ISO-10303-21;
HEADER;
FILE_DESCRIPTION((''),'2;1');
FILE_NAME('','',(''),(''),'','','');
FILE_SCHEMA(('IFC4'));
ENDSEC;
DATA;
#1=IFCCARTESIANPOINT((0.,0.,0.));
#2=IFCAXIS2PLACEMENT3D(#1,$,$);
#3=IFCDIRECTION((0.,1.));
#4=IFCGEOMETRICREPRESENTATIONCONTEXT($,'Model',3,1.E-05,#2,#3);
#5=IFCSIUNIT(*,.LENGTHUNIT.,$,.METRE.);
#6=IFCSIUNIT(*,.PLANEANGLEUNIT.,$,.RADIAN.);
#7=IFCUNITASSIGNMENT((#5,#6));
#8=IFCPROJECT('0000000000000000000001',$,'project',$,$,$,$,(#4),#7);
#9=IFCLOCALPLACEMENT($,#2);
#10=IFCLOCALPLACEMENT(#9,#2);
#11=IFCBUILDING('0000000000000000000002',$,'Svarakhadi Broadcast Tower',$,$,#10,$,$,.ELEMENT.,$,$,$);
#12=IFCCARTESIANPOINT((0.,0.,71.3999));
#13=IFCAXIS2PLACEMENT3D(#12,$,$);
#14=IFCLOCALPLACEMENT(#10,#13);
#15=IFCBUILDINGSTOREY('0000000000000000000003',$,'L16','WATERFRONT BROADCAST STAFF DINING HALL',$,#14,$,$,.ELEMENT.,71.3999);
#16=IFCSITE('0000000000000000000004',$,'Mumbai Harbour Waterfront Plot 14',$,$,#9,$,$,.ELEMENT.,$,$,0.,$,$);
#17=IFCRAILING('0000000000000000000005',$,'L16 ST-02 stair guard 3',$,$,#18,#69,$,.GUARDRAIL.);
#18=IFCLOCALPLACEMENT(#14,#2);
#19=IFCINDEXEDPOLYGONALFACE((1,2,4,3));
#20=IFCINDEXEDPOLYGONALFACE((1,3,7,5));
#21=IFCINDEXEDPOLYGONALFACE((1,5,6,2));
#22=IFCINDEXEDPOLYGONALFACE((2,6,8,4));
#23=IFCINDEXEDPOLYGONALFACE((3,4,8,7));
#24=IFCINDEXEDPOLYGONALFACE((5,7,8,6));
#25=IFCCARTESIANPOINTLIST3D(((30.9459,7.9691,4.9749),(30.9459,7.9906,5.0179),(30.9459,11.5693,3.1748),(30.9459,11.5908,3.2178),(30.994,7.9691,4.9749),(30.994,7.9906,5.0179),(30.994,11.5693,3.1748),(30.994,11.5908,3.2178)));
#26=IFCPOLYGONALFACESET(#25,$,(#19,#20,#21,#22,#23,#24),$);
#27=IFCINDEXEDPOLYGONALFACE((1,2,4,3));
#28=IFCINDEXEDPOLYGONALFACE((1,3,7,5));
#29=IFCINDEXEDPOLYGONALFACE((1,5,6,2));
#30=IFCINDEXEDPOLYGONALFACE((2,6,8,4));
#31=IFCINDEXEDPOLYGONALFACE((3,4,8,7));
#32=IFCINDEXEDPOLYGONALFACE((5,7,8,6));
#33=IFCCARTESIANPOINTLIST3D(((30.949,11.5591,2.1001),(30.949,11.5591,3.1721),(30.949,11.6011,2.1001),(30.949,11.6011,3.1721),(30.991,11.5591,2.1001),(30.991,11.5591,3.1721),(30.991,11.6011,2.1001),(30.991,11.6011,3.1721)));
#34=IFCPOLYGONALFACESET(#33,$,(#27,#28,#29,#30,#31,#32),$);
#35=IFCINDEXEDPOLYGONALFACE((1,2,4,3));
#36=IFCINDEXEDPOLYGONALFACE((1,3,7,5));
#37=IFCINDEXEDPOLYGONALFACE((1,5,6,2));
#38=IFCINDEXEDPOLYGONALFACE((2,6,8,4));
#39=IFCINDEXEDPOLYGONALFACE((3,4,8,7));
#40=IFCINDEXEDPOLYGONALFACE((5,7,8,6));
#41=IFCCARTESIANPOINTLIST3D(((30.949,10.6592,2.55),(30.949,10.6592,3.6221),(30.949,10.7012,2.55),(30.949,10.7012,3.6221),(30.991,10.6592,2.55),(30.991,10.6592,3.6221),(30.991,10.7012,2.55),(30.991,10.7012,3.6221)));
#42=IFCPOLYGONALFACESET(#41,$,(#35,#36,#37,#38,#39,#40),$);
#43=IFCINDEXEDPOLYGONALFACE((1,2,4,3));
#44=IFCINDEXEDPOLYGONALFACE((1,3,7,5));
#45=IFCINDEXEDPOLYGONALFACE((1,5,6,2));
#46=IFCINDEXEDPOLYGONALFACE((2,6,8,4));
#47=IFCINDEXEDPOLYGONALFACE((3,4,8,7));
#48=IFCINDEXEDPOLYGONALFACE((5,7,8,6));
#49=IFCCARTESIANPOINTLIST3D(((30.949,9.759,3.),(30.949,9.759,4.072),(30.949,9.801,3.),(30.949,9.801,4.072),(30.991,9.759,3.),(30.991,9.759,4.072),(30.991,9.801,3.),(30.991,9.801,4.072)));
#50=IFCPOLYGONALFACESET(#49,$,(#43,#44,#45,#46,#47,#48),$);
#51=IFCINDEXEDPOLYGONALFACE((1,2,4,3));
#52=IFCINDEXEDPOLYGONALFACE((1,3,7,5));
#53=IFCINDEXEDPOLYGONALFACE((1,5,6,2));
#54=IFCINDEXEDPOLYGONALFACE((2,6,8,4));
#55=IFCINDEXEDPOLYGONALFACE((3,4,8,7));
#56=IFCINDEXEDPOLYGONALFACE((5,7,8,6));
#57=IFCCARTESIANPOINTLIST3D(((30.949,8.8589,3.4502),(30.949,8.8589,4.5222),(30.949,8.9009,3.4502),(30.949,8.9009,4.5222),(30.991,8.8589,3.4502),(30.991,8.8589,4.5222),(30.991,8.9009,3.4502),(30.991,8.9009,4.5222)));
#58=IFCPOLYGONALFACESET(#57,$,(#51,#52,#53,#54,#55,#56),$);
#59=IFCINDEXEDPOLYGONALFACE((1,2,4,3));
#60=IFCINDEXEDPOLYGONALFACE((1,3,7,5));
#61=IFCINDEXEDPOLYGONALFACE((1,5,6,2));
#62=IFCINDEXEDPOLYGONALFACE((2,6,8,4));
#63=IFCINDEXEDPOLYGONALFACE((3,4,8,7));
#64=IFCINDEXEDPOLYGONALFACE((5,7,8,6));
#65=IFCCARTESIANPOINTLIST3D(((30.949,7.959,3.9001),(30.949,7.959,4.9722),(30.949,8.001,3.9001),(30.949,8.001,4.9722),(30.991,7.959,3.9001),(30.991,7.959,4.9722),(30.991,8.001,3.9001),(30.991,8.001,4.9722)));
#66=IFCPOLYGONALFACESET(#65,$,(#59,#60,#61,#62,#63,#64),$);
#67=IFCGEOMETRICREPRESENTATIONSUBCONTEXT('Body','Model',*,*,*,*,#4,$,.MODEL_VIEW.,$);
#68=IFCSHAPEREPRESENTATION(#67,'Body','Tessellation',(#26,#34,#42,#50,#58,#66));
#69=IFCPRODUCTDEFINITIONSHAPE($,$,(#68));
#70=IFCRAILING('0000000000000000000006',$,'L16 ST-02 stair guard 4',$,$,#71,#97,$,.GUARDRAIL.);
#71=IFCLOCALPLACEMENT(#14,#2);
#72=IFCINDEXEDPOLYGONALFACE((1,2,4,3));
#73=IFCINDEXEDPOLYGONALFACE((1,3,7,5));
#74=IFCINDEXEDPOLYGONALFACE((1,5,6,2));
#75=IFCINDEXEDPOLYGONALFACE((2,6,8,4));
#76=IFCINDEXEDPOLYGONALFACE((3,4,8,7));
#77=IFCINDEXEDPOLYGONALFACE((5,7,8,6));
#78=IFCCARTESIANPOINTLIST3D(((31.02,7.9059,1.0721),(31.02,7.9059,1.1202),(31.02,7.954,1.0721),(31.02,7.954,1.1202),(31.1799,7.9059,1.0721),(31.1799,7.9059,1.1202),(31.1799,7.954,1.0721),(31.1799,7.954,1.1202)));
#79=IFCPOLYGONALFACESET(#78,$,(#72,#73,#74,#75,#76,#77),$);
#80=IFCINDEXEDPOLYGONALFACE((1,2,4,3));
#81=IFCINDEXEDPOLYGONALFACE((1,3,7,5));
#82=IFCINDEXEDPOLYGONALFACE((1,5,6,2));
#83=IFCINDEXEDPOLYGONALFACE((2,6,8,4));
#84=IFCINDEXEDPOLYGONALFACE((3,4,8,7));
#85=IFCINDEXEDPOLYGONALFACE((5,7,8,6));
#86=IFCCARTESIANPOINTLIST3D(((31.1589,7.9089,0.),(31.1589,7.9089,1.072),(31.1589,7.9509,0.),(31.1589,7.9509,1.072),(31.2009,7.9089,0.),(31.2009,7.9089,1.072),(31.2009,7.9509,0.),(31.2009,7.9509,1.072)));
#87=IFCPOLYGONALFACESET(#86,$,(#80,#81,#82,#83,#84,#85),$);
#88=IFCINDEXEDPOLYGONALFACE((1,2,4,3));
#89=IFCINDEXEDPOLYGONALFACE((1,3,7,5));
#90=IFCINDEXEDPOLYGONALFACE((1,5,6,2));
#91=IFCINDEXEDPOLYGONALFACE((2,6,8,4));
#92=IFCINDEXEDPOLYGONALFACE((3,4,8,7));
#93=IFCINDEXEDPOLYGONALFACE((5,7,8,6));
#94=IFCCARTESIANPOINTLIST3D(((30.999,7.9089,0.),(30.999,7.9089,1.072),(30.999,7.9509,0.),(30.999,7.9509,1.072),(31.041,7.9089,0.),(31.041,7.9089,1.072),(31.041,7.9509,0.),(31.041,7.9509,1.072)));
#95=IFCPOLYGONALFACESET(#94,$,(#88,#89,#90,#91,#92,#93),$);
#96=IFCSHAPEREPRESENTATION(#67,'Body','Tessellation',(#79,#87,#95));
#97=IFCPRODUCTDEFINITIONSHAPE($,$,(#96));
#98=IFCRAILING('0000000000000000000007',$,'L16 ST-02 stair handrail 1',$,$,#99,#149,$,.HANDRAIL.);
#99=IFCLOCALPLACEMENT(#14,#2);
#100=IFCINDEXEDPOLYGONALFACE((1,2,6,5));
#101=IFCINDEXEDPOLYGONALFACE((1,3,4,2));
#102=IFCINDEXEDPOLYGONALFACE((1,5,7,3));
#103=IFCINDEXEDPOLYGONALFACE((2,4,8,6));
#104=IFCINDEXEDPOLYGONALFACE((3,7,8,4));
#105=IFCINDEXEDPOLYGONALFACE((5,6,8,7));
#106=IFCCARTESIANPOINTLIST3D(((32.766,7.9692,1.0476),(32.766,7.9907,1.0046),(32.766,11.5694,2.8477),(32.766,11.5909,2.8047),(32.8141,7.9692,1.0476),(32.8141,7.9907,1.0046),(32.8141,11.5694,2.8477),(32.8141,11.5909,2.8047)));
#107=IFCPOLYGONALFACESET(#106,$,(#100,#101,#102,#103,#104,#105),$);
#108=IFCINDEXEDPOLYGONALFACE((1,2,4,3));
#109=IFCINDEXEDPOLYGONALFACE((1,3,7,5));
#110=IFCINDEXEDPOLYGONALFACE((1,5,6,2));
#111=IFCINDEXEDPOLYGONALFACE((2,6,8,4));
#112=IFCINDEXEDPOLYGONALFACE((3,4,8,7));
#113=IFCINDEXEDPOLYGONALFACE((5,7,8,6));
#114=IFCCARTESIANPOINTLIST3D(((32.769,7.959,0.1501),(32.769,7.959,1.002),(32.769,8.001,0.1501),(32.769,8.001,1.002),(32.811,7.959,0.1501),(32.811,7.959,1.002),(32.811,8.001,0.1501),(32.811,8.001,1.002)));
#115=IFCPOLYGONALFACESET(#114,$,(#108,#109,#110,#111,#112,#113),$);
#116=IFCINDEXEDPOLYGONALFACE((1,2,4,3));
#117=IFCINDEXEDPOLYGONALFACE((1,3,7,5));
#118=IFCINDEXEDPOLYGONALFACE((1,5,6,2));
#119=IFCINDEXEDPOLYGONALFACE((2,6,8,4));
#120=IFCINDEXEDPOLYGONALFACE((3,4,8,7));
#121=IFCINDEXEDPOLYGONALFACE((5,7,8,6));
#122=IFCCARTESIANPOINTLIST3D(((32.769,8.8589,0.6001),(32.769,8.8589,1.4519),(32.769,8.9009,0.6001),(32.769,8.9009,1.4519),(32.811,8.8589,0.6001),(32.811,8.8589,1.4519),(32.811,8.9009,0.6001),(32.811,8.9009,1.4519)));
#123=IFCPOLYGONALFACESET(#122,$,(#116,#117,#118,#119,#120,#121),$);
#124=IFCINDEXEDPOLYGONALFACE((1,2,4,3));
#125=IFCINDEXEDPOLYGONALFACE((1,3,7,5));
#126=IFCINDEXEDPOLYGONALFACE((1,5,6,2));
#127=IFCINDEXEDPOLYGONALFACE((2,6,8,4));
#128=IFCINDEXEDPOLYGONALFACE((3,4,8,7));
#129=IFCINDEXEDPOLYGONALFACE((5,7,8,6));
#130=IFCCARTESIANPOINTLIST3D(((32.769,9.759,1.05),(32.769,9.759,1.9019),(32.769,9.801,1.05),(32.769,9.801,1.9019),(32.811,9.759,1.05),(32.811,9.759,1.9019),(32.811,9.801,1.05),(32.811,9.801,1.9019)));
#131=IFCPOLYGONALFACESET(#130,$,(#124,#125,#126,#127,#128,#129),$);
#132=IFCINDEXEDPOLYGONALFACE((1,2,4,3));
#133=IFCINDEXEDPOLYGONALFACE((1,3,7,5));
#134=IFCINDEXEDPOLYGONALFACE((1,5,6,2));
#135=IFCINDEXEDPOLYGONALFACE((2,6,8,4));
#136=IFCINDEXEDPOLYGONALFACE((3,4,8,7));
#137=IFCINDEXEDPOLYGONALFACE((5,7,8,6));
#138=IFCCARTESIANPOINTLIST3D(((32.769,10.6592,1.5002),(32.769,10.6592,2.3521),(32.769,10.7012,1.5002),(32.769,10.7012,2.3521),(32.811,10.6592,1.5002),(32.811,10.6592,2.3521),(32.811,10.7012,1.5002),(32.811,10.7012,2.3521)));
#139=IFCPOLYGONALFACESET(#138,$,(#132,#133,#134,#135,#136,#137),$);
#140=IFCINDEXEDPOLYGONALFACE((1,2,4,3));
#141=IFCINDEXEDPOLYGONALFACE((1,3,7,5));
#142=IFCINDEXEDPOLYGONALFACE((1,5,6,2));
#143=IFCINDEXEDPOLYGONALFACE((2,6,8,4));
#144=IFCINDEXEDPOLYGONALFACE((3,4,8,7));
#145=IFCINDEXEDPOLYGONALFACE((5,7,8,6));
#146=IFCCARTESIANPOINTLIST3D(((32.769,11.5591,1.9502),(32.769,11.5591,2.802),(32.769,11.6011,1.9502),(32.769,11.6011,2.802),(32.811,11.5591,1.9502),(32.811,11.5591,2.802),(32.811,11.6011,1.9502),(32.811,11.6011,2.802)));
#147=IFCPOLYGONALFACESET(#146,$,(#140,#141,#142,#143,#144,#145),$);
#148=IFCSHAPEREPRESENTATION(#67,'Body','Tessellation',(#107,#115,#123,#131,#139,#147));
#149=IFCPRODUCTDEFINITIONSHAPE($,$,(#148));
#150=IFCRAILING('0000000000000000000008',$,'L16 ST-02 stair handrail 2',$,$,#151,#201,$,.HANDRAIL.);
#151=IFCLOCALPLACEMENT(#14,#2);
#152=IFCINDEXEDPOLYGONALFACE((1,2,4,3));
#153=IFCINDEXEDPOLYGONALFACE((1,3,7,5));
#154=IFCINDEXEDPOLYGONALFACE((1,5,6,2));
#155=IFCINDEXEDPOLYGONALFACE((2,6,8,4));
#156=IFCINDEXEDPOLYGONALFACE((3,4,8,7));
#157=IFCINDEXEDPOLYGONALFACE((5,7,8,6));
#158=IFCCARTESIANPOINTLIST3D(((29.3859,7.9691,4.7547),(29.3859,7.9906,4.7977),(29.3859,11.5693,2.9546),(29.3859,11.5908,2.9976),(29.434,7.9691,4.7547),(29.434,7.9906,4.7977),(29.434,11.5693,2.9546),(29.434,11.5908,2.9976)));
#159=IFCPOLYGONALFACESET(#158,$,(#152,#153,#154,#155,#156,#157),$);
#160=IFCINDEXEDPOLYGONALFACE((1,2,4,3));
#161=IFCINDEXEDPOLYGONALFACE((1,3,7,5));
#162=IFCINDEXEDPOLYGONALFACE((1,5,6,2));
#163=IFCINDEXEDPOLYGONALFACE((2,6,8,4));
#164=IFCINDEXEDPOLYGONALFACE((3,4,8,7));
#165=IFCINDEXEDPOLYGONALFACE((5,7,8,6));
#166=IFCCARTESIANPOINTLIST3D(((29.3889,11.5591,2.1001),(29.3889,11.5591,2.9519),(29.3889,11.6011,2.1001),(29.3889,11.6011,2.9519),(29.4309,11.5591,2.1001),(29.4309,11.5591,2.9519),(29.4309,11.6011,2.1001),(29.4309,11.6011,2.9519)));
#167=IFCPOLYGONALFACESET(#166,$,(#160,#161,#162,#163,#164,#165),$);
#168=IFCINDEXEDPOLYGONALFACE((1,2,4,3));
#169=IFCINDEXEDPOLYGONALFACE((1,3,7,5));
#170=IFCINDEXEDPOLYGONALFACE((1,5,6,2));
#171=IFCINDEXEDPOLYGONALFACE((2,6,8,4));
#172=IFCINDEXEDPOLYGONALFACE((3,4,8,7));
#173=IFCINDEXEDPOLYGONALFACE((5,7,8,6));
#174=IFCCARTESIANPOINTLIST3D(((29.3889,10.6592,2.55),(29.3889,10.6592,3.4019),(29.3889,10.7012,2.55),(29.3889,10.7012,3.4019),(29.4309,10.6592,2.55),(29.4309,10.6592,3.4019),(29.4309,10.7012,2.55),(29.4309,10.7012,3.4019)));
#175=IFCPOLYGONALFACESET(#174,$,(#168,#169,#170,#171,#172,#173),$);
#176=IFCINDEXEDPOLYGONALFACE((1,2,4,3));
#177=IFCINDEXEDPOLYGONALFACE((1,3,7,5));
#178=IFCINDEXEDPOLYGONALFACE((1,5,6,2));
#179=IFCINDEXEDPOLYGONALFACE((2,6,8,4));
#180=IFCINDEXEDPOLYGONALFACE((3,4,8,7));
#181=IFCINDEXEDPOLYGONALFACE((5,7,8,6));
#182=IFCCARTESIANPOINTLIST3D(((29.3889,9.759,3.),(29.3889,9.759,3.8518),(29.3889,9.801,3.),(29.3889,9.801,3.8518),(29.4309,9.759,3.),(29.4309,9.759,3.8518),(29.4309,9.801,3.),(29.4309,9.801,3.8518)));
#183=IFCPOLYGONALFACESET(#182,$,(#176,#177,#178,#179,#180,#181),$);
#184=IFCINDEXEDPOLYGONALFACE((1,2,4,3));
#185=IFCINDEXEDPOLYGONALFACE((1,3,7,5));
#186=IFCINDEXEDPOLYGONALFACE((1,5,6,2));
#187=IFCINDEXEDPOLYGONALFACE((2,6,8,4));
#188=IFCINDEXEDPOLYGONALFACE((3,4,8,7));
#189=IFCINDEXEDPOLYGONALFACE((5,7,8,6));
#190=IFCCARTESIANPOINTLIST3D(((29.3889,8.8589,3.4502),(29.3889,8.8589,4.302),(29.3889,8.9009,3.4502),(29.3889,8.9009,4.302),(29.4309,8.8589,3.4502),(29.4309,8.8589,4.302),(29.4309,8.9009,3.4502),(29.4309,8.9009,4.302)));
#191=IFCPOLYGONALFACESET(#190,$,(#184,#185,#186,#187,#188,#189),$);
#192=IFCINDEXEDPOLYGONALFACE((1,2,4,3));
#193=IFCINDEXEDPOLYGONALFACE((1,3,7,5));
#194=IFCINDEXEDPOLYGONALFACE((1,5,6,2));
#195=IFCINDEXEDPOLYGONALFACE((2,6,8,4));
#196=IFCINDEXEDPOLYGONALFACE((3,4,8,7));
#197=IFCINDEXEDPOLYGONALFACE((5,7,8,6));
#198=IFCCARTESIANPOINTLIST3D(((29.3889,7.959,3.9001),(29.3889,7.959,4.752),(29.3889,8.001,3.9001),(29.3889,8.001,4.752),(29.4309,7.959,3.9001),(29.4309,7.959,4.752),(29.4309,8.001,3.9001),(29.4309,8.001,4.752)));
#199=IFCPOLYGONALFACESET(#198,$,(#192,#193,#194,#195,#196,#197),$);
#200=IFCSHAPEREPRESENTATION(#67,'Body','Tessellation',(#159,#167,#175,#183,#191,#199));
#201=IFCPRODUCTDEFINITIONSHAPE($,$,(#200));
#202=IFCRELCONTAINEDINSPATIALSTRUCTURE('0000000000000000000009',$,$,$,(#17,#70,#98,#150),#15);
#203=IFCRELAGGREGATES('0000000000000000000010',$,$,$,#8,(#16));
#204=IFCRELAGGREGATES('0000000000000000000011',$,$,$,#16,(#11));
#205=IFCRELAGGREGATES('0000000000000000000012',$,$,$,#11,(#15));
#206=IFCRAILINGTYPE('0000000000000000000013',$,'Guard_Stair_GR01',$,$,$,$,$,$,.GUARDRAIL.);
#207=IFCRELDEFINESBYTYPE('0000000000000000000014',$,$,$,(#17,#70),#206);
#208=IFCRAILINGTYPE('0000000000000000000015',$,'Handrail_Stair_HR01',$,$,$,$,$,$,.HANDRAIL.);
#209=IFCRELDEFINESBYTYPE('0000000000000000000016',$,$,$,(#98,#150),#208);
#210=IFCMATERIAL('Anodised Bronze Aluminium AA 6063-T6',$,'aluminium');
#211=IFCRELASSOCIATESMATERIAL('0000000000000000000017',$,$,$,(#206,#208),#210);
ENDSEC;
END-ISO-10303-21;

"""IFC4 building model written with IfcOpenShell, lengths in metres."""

from ifc_helpers import new_model, si_unit, direction, frame, origin, origin_2d, place, context, subcontext, project, spatial, rectangle, extrude, material, type_object, element, save


model = new_model("IFC4")

# Units and contexts
model_context = context("Model", 3, precision=1e-05, world=origin(), true_north=direction((0.0, 1.0)))
body_context = subcontext(model_context, "Body", "Model", "MODEL_VIEW")
ifc_project = project(units=[si_unit("LENGTHUNIT", "METRE"), si_unit("PLANEANGLEUNIT", "RADIAN")], contexts=[model_context])

# Site, building, storey
site_placement = place(None, origin())
site = spatial("IfcSite", under=ifc_project, at=site_placement, Name="Mumbai Harbour Waterfront Plot 14", CompositionType="ELEMENT", RefElevation=0.0)
building_placement = place(site_placement, origin())
building = spatial("IfcBuilding", under=site, at=building_placement, Name="Svarakhadi Broadcast Tower", CompositionType="ELEMENT")
storey_placement = place(building_placement, frame((0.0, 0.0, 71.3999)))
storey = spatial("IfcBuildingStorey", under=building, at=storey_placement, Name="L16", Description="WATERFRONT BROADCAST STAFF DINING HALL", CompositionType="ELEMENT", Elevation=71.3999)

# Shared definitions
ifc_material_1 = material(Name="Anodised Bronze Aluminium AA 6063-T6", Category="aluminium")

# Railings
railing_type_1 = type_object("IfcRailingType", Name="Guard_Stair_GR01", PredefinedType="GUARDRAIL", material=ifc_material_1)
railing_1_placement = place(storey_placement, frame((30.97, 11.5801, 2.1001)))
element("IfcRailing", 1, at=railing_1_placement, inside=storey, type_object=railing_type_1, Name="L16 ST-02 stair guard 3", PredefinedType="GUARDRAIL", context=body_context, shape_type="SweptSolid", body=[
    extrude(rectangle(XDim=0.0481, YDim=0.0481, at=origin_2d()), frame((0.0, 0.0, 1.0962), z_axis=(0.0, -0.894427, 0.447214), x_axis=(1.0, 0.0, 0.0)), (0.0, 0.0, 1.0), 4.0251),
    extrude(rectangle(XDim=0.042, YDim=0.042, at=origin_2d()), origin(), (0.0, 0.0, 1.0), 1.072),
    extrude(rectangle(XDim=0.042, YDim=0.042, at=origin_2d()), frame((0.0, -0.8999, 0.45)), (0.0, 0.0, 1.0), 1.072),
    extrude(rectangle(XDim=0.042, YDim=0.042, at=origin_2d()), frame((0.0, -1.8, 0.8999)), (0.0, 0.0, 1.0), 1.072),
    extrude(rectangle(XDim=0.042, YDim=0.042, at=origin_2d()), frame((0.0, -2.7002, 1.3501)), (0.0, 0.0, 1.0), 1.072),
    extrude(rectangle(XDim=0.042, YDim=0.042, at=origin_2d()), frame((0.0, -3.6001, 1.8)), (0.0, 0.0, 1.0), 1.072),
])
railing_2_placement = place(storey_placement, frame((31.1799, 7.9299, 0.0)))
element("IfcRailing", 2, at=railing_2_placement, inside=storey, type_object=railing_type_1, Name="L16 ST-02 stair guard 4", PredefinedType="GUARDRAIL", context=body_context, shape_type="SweptSolid", body=[
    extrude(rectangle(XDim=0.0481, YDim=0.0481, at=origin_2d()), frame((0.0, 0.0, 1.0962), z_axis=(-1.0, 0.0, 0.0), x_axis=(0.0, -1.0, 0.0)), (0.0, 0.0, 1.0), 0.1599),
    extrude(rectangle(XDim=0.042, YDim=0.042, at=origin_2d()), origin(), (0.0, 0.0, 1.0), 1.072),
    extrude(rectangle(XDim=0.042, YDim=0.042, at=origin_2d()), frame((-0.1599, 0.0, 0.0)), (0.0, 0.0, 1.0), 1.072),
])
railing_type_2 = type_object("IfcRailingType", Name="Handrail_Stair_HR01", PredefinedType="HANDRAIL", material=ifc_material_1)
railing_3_placement = place(storey_placement, frame((32.79, 7.98, 0.1501)))
element("IfcRailing", 3, at=railing_3_placement, inside=storey, type_object=railing_type_2, Name="L16 ST-02 stair handrail 1", PredefinedType="HANDRAIL", context=body_context, shape_type="SweptSolid", body=[
    extrude(rectangle(XDim=0.0481, YDim=0.0481, at=origin_2d()), frame((0.0, 0.0, 0.876), z_axis=(0.0, 0.894427, 0.447214), x_axis=(-1.0, 0.0, 0.0)), (0.0, 0.0, 1.0), 4.0251),
    extrude(rectangle(XDim=0.042, YDim=0.042, at=origin_2d()), origin(), (0.0, 0.0, 1.0), 0.8518),
    extrude(rectangle(XDim=0.042, YDim=0.042, at=origin_2d()), frame((0.0, 0.8999, 0.45)), (0.0, 0.0, 1.0), 0.8518),
    extrude(rectangle(XDim=0.042, YDim=0.042, at=origin_2d()), frame((0.0, 1.8, 0.8999)), (0.0, 0.0, 1.0), 0.8518),
    extrude(rectangle(XDim=0.042, YDim=0.042, at=origin_2d()), frame((0.0, 2.7002, 1.3501)), (0.0, 0.0, 1.0), 0.8518),
    extrude(rectangle(XDim=0.042, YDim=0.042, at=origin_2d()), frame((0.0, 3.6001, 1.8)), (0.0, 0.0, 1.0), 0.8518),
])
railing_4_placement = place(storey_placement, frame((29.4099, 11.5801, 2.1001)))
element("IfcRailing", 4, at=railing_4_placement, inside=storey, type_object=railing_type_2, Name="L16 ST-02 stair handrail 2", PredefinedType="HANDRAIL", context=body_context, shape_type="SweptSolid", body=[
    extrude(rectangle(XDim=0.0481, YDim=0.0481, at=origin_2d()), frame((0.0, 0.0, 0.876), z_axis=(0.0, -0.894427, 0.447214), x_axis=(1.0, 0.0, 0.0)), (0.0, 0.0, 1.0), 4.0251),
    extrude(rectangle(XDim=0.042, YDim=0.042, at=origin_2d()), origin(), (0.0, 0.0, 1.0), 0.8518),
    extrude(rectangle(XDim=0.042, YDim=0.042, at=origin_2d()), frame((0.0, -0.8999, 0.45)), (0.0, 0.0, 1.0), 0.8518),
    extrude(rectangle(XDim=0.042, YDim=0.042, at=origin_2d()), frame((0.0, -1.8, 0.8999)), (0.0, 0.0, 1.0), 0.8518),
    extrude(rectangle(XDim=0.042, YDim=0.042, at=origin_2d()), frame((0.0, -2.7002, 1.3501)), (0.0, 0.0, 1.0), 0.8518),
    extrude(rectangle(XDim=0.042, YDim=0.042, at=origin_2d()), frame((0.0, -3.6001, 1.8)), (0.0, 0.0, 1.0), 0.8518),
])

save(model, "model.ifc")
